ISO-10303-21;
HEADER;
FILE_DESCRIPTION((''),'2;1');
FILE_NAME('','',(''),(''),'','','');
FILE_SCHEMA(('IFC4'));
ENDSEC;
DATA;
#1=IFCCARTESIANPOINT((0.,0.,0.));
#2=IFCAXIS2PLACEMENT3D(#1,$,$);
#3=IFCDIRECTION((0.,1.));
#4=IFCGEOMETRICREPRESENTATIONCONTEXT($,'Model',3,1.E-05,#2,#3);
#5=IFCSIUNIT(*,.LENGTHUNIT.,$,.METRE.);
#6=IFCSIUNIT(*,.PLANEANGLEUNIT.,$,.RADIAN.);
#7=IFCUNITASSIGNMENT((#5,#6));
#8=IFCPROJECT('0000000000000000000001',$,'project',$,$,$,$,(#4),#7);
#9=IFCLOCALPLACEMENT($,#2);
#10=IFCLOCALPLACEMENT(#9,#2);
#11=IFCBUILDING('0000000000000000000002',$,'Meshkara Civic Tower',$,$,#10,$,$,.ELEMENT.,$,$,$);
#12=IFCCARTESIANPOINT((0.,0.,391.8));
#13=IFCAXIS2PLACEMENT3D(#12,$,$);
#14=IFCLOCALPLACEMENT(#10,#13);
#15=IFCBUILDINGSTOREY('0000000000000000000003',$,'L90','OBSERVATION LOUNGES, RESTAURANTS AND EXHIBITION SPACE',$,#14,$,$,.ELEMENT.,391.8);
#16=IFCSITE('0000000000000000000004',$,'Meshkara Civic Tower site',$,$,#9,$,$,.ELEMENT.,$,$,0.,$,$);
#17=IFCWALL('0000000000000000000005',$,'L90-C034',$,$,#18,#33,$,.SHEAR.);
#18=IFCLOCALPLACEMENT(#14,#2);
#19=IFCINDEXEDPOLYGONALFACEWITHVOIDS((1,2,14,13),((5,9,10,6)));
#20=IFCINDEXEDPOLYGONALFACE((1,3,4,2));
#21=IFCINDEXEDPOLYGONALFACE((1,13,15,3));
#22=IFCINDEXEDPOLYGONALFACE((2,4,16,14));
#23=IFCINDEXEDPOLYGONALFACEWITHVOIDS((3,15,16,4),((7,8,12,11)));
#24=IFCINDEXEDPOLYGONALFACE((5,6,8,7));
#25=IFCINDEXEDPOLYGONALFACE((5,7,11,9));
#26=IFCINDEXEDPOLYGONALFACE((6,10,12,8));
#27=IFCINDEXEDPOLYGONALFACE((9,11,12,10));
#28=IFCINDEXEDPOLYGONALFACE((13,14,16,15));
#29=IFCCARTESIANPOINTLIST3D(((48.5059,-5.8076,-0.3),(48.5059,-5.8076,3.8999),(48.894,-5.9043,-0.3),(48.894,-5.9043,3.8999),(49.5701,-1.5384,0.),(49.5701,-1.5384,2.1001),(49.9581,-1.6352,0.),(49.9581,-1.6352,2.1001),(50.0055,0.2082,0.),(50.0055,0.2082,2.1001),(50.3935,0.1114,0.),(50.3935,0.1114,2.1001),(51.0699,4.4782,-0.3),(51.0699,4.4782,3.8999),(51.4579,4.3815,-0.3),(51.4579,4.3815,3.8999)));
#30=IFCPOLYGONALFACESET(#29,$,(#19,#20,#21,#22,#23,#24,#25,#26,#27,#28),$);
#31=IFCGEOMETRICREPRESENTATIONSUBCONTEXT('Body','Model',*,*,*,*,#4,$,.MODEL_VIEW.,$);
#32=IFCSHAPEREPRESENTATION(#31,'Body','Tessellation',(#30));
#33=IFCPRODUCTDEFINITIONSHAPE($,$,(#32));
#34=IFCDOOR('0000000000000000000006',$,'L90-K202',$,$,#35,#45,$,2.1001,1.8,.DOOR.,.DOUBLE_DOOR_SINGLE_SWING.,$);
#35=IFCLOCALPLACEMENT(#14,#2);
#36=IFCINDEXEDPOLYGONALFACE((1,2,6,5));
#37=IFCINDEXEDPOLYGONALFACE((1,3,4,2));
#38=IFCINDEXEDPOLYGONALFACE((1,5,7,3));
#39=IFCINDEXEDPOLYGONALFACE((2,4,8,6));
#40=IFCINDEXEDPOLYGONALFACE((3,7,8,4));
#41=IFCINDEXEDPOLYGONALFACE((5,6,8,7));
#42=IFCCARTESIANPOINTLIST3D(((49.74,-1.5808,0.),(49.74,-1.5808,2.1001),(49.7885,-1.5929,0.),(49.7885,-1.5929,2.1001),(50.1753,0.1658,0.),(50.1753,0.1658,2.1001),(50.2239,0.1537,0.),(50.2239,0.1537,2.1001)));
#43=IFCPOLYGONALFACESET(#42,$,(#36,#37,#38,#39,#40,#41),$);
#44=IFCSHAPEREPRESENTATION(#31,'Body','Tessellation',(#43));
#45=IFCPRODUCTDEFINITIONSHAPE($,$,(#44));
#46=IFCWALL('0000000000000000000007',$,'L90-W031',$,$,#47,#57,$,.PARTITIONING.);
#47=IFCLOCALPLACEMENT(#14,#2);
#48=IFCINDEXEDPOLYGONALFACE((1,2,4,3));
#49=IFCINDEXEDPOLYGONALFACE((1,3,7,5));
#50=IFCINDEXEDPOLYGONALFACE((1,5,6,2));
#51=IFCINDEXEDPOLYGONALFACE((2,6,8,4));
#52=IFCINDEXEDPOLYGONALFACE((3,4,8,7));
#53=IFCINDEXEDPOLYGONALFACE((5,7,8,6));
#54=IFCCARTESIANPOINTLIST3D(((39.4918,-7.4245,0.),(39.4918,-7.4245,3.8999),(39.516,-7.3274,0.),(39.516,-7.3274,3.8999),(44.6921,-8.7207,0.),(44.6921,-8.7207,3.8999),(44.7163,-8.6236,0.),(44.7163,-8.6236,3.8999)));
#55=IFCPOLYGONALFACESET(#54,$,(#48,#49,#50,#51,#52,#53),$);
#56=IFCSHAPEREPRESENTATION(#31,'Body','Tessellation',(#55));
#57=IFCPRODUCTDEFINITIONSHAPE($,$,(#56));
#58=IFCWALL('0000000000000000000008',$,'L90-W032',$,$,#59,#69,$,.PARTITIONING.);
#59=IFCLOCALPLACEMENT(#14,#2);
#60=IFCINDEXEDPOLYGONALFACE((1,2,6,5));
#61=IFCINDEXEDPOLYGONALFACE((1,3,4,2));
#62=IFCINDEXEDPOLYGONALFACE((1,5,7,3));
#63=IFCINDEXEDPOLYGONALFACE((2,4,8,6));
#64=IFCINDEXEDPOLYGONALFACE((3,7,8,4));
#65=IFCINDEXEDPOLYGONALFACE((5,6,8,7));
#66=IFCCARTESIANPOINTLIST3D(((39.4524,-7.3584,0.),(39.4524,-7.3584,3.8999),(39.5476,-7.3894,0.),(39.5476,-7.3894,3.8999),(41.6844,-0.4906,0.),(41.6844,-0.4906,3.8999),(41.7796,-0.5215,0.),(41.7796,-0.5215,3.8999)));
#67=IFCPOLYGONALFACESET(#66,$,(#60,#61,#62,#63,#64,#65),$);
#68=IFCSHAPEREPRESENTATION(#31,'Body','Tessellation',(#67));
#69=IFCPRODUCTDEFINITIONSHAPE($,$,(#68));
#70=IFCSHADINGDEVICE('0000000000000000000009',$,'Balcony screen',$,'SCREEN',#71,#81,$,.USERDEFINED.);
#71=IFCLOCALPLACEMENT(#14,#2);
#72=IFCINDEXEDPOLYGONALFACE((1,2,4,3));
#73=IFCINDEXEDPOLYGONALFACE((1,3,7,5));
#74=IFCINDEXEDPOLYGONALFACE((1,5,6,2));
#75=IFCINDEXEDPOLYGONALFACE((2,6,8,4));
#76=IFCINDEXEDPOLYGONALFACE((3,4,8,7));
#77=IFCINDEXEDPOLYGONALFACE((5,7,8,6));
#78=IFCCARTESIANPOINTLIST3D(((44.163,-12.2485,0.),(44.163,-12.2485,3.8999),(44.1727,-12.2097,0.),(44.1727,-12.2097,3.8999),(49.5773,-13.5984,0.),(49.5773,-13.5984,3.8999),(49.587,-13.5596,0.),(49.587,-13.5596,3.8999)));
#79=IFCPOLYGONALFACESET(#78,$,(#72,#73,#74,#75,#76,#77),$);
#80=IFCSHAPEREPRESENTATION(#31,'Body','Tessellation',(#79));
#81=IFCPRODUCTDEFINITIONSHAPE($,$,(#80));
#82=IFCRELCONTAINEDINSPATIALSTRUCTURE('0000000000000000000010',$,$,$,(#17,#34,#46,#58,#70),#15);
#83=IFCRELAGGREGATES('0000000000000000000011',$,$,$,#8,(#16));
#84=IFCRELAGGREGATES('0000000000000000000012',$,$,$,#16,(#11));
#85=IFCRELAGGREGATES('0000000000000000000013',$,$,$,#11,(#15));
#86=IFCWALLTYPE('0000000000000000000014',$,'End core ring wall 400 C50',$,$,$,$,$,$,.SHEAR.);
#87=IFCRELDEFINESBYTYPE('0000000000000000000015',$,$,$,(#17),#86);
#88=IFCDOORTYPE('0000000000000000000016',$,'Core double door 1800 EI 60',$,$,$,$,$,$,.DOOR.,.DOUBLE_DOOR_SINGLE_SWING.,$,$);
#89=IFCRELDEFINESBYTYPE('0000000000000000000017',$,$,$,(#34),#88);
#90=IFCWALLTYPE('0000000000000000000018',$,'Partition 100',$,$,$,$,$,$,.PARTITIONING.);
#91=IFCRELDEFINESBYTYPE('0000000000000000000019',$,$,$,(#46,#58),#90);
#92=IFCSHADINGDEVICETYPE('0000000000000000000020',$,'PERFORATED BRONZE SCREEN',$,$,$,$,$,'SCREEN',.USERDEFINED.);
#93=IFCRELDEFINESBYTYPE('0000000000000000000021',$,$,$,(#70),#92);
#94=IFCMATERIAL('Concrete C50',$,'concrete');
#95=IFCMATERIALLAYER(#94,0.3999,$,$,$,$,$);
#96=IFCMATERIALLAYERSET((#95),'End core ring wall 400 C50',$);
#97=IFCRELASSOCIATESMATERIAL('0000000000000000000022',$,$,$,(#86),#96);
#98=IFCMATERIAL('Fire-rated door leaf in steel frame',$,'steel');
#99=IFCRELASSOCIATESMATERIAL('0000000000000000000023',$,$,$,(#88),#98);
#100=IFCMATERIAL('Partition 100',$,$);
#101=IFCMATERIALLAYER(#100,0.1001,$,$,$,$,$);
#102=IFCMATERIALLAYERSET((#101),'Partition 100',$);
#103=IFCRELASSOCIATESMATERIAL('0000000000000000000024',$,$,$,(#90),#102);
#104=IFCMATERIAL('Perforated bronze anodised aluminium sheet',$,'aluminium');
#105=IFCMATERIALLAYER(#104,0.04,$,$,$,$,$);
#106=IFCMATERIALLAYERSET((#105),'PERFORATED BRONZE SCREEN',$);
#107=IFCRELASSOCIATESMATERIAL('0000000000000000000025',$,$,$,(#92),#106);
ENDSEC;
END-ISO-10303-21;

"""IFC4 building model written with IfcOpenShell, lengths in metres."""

from ifc_helpers import new_model, si_unit, direction, frame, frame_2d, origin, origin_2d, place, context, subcontext, project, spatial, rectangle, extrude, material, layer, layer_set, type_object, element, fill, save


model = new_model("IFC4")

# Units and contexts
model_context = context("Model", 3, precision=1e-05, world=origin(), true_north=direction((0.0, 1.0)))
body_context = subcontext(model_context, "Body", "Model", "MODEL_VIEW")
ifc_project = project(units=[si_unit("LENGTHUNIT", "METRE"), si_unit("PLANEANGLEUNIT", "RADIAN")], contexts=[model_context])

# Site, building, storey
site_placement = place(None, origin())
site = spatial("IfcSite", under=ifc_project, at=site_placement, Name="Meshkara Civic Tower site", CompositionType="ELEMENT", RefElevation=0.0)
building_placement = place(site_placement, origin())
building = spatial("IfcBuilding", under=site, at=building_placement, Name="Meshkara Civic Tower", CompositionType="ELEMENT")
storey_placement = place(building_placement, frame((0.0, 0.0, 391.8)))
storey = spatial("IfcBuildingStorey", under=building, at=storey_placement, Name="L90", Description="OBSERVATION LOUNGES, RESTAURANTS AND EXHIBITION SPACE", CompositionType="ELEMENT", Elevation=391.8)

# Shared definitions
ifc_material_1 = material(Name="Concrete C50", Category="concrete")
ifc_layer_1 = layer(ifc_material_1, 0.3999)
ifc_layer_set_1 = layer_set([ifc_layer_1], Name="End core ring wall 400 C50")
wall_type_1 = type_object("IfcWallType", Name="End core ring wall 400 C50", PredefinedType="SHEAR", material=ifc_layer_set_1)

# Wall, opening, door
wall_1_placement = place(storey_placement, frame((48.7, -5.856, -0.3), z_axis=(0.0, 0.0, 1.0), x_axis=(0.241869, 0.970309, 0.0)))
wall_1 = element("IfcWall", 1, at=wall_1_placement, inside=storey, type_object=wall_type_1, Name="L90-C034", PredefinedType="SHEAR", context=body_context, shape_type="SweptSolid", body=[
    extrude(rectangle(XDim=10.6006, YDim=0.3999, at=frame_2d((5.3003, 0.0))), origin(), (0.0, 0.0, 1.0), 4.2),
])
opening_1_placement = place(wall_1_placement, frame((4.3999, 0.0, 0.3)))
opening_1 = element("IfcOpeningElement", 2, at=opening_1_placement, cuts=wall_1, PredefinedType="OPENING", context=body_context, shape_type="SweptSolid", body=[
    extrude(rectangle(XDim=1.8, YDim=2.1001, at=frame_2d((0.8999, 1.05))), frame((0.0, 0.21, 0.0), z_axis=(0.0, -1.0, 0.0), x_axis=(1.0, 0.0, 0.0)), (0.0, 0.0, 1.0), 0.4199),
])
ifc_material_2 = material(Name="Fire-rated door leaf in steel frame", Category="steel")
door_type_1 = type_object("IfcDoorType", Name="Core double door 1800 EI 60", OperationType="DOUBLE_DOOR_SINGLE_SWING", PredefinedType="DOOR", material=ifc_material_2)
door_1_placement = place(opening_1_placement, origin())
door_1 = element("IfcDoor", 3, at=door_1_placement, inside=storey, type_object=door_type_1, Name="L90-K202", OperationType="DOUBLE_DOOR_SINGLE_SWING", OverallHeight=2.1001, OverallWidth=1.8, PredefinedType="DOOR", context=body_context, shape_type="SweptSolid", body=[
    extrude(rectangle(XDim=1.8, YDim=2.1001, at=frame_2d((0.8999, 1.05))), frame((0.0, 0.0249, 0.0), z_axis=(0.0, -1.0, 0.0), x_axis=(1.0, 0.0, 0.0)), (0.0, 0.0, 1.0), 0.05),
])
fill(opening_1, door_1)

# Walls
ifc_material_3 = material(Name="Partition 100")
ifc_layer_2 = layer(ifc_material_3, 0.1001)
ifc_layer_set_2 = layer_set([ifc_layer_2], Name="Partition 100")
wall_type_2 = type_object("IfcWallType", Name="Partition 100", PredefinedType="PARTITIONING", material=ifc_layer_set_2)
wall_2_placement = place(storey_placement, frame((39.5039, -7.376, 0.0), z_axis=(0.0, 0.0, 1.0), x_axis=(0.970314, -0.24185, 0.0)))
element("IfcWall", 4, at=wall_2_placement, inside=storey, type_object=wall_type_2, Name="L90-W031", PredefinedType="PARTITIONING", context=body_context, shape_type="SweptSolid", body=[
    extrude(rectangle(XDim=5.3594, YDim=0.1001, at=frame_2d((2.6797, 0.0))), origin(), (0.0, 0.0, 1.0), 3.8999),
])
wall_3_placement = place(storey_placement, frame((39.5, -7.374, 0.0), z_axis=(0.0, 0.0, 1.0), x_axis=(0.309068, 0.95104, 0.0)))
element("IfcWall", 5, at=wall_3_placement, inside=storey, type_object=wall_type_2, Name="L90-W032", PredefinedType="PARTITIONING", context=body_context, shape_type="SweptSolid", body=[
    extrude(rectangle(XDim=7.2214, YDim=0.1001, at=frame_2d((3.6108, 0.0))), origin(), (0.0, 0.0, 1.0), 3.8999),
])

# Shading device
ifc_material_4 = material(Name="Perforated bronze anodised aluminium sheet", Category="aluminium")
ifc_layer_3 = layer(ifc_material_4, 0.04)
ifc_layer_set_3 = layer_set([ifc_layer_3], Name="PERFORATED BRONZE SCREEN")
shading_device_type = type_object("IfcShadingDeviceType", Name="PERFORATED BRONZE SCREEN", ElementType="SCREEN", PredefinedType="USERDEFINED", material=ifc_layer_set_3)
shading_device_placement = place(storey_placement, frame((46.875, -12.9041, 0.0), z_axis=(0.0, 0.0, 1.0), x_axis=(0.970296, -0.241922, 0.0)))
element("IfcShadingDevice", 6, at=shading_device_placement, inside=storey, type_object=shading_device_type, Name="Balcony screen", ObjectType="SCREEN", PredefinedType="USERDEFINED", context=body_context, shape_type="SweptSolid", body=[
    extrude(rectangle(XDim=5.5801, YDim=0.04, at=origin_2d()), origin(), (0.0, 0.0, 1.0), 3.8999),
])

save(model, "model.ifc")
